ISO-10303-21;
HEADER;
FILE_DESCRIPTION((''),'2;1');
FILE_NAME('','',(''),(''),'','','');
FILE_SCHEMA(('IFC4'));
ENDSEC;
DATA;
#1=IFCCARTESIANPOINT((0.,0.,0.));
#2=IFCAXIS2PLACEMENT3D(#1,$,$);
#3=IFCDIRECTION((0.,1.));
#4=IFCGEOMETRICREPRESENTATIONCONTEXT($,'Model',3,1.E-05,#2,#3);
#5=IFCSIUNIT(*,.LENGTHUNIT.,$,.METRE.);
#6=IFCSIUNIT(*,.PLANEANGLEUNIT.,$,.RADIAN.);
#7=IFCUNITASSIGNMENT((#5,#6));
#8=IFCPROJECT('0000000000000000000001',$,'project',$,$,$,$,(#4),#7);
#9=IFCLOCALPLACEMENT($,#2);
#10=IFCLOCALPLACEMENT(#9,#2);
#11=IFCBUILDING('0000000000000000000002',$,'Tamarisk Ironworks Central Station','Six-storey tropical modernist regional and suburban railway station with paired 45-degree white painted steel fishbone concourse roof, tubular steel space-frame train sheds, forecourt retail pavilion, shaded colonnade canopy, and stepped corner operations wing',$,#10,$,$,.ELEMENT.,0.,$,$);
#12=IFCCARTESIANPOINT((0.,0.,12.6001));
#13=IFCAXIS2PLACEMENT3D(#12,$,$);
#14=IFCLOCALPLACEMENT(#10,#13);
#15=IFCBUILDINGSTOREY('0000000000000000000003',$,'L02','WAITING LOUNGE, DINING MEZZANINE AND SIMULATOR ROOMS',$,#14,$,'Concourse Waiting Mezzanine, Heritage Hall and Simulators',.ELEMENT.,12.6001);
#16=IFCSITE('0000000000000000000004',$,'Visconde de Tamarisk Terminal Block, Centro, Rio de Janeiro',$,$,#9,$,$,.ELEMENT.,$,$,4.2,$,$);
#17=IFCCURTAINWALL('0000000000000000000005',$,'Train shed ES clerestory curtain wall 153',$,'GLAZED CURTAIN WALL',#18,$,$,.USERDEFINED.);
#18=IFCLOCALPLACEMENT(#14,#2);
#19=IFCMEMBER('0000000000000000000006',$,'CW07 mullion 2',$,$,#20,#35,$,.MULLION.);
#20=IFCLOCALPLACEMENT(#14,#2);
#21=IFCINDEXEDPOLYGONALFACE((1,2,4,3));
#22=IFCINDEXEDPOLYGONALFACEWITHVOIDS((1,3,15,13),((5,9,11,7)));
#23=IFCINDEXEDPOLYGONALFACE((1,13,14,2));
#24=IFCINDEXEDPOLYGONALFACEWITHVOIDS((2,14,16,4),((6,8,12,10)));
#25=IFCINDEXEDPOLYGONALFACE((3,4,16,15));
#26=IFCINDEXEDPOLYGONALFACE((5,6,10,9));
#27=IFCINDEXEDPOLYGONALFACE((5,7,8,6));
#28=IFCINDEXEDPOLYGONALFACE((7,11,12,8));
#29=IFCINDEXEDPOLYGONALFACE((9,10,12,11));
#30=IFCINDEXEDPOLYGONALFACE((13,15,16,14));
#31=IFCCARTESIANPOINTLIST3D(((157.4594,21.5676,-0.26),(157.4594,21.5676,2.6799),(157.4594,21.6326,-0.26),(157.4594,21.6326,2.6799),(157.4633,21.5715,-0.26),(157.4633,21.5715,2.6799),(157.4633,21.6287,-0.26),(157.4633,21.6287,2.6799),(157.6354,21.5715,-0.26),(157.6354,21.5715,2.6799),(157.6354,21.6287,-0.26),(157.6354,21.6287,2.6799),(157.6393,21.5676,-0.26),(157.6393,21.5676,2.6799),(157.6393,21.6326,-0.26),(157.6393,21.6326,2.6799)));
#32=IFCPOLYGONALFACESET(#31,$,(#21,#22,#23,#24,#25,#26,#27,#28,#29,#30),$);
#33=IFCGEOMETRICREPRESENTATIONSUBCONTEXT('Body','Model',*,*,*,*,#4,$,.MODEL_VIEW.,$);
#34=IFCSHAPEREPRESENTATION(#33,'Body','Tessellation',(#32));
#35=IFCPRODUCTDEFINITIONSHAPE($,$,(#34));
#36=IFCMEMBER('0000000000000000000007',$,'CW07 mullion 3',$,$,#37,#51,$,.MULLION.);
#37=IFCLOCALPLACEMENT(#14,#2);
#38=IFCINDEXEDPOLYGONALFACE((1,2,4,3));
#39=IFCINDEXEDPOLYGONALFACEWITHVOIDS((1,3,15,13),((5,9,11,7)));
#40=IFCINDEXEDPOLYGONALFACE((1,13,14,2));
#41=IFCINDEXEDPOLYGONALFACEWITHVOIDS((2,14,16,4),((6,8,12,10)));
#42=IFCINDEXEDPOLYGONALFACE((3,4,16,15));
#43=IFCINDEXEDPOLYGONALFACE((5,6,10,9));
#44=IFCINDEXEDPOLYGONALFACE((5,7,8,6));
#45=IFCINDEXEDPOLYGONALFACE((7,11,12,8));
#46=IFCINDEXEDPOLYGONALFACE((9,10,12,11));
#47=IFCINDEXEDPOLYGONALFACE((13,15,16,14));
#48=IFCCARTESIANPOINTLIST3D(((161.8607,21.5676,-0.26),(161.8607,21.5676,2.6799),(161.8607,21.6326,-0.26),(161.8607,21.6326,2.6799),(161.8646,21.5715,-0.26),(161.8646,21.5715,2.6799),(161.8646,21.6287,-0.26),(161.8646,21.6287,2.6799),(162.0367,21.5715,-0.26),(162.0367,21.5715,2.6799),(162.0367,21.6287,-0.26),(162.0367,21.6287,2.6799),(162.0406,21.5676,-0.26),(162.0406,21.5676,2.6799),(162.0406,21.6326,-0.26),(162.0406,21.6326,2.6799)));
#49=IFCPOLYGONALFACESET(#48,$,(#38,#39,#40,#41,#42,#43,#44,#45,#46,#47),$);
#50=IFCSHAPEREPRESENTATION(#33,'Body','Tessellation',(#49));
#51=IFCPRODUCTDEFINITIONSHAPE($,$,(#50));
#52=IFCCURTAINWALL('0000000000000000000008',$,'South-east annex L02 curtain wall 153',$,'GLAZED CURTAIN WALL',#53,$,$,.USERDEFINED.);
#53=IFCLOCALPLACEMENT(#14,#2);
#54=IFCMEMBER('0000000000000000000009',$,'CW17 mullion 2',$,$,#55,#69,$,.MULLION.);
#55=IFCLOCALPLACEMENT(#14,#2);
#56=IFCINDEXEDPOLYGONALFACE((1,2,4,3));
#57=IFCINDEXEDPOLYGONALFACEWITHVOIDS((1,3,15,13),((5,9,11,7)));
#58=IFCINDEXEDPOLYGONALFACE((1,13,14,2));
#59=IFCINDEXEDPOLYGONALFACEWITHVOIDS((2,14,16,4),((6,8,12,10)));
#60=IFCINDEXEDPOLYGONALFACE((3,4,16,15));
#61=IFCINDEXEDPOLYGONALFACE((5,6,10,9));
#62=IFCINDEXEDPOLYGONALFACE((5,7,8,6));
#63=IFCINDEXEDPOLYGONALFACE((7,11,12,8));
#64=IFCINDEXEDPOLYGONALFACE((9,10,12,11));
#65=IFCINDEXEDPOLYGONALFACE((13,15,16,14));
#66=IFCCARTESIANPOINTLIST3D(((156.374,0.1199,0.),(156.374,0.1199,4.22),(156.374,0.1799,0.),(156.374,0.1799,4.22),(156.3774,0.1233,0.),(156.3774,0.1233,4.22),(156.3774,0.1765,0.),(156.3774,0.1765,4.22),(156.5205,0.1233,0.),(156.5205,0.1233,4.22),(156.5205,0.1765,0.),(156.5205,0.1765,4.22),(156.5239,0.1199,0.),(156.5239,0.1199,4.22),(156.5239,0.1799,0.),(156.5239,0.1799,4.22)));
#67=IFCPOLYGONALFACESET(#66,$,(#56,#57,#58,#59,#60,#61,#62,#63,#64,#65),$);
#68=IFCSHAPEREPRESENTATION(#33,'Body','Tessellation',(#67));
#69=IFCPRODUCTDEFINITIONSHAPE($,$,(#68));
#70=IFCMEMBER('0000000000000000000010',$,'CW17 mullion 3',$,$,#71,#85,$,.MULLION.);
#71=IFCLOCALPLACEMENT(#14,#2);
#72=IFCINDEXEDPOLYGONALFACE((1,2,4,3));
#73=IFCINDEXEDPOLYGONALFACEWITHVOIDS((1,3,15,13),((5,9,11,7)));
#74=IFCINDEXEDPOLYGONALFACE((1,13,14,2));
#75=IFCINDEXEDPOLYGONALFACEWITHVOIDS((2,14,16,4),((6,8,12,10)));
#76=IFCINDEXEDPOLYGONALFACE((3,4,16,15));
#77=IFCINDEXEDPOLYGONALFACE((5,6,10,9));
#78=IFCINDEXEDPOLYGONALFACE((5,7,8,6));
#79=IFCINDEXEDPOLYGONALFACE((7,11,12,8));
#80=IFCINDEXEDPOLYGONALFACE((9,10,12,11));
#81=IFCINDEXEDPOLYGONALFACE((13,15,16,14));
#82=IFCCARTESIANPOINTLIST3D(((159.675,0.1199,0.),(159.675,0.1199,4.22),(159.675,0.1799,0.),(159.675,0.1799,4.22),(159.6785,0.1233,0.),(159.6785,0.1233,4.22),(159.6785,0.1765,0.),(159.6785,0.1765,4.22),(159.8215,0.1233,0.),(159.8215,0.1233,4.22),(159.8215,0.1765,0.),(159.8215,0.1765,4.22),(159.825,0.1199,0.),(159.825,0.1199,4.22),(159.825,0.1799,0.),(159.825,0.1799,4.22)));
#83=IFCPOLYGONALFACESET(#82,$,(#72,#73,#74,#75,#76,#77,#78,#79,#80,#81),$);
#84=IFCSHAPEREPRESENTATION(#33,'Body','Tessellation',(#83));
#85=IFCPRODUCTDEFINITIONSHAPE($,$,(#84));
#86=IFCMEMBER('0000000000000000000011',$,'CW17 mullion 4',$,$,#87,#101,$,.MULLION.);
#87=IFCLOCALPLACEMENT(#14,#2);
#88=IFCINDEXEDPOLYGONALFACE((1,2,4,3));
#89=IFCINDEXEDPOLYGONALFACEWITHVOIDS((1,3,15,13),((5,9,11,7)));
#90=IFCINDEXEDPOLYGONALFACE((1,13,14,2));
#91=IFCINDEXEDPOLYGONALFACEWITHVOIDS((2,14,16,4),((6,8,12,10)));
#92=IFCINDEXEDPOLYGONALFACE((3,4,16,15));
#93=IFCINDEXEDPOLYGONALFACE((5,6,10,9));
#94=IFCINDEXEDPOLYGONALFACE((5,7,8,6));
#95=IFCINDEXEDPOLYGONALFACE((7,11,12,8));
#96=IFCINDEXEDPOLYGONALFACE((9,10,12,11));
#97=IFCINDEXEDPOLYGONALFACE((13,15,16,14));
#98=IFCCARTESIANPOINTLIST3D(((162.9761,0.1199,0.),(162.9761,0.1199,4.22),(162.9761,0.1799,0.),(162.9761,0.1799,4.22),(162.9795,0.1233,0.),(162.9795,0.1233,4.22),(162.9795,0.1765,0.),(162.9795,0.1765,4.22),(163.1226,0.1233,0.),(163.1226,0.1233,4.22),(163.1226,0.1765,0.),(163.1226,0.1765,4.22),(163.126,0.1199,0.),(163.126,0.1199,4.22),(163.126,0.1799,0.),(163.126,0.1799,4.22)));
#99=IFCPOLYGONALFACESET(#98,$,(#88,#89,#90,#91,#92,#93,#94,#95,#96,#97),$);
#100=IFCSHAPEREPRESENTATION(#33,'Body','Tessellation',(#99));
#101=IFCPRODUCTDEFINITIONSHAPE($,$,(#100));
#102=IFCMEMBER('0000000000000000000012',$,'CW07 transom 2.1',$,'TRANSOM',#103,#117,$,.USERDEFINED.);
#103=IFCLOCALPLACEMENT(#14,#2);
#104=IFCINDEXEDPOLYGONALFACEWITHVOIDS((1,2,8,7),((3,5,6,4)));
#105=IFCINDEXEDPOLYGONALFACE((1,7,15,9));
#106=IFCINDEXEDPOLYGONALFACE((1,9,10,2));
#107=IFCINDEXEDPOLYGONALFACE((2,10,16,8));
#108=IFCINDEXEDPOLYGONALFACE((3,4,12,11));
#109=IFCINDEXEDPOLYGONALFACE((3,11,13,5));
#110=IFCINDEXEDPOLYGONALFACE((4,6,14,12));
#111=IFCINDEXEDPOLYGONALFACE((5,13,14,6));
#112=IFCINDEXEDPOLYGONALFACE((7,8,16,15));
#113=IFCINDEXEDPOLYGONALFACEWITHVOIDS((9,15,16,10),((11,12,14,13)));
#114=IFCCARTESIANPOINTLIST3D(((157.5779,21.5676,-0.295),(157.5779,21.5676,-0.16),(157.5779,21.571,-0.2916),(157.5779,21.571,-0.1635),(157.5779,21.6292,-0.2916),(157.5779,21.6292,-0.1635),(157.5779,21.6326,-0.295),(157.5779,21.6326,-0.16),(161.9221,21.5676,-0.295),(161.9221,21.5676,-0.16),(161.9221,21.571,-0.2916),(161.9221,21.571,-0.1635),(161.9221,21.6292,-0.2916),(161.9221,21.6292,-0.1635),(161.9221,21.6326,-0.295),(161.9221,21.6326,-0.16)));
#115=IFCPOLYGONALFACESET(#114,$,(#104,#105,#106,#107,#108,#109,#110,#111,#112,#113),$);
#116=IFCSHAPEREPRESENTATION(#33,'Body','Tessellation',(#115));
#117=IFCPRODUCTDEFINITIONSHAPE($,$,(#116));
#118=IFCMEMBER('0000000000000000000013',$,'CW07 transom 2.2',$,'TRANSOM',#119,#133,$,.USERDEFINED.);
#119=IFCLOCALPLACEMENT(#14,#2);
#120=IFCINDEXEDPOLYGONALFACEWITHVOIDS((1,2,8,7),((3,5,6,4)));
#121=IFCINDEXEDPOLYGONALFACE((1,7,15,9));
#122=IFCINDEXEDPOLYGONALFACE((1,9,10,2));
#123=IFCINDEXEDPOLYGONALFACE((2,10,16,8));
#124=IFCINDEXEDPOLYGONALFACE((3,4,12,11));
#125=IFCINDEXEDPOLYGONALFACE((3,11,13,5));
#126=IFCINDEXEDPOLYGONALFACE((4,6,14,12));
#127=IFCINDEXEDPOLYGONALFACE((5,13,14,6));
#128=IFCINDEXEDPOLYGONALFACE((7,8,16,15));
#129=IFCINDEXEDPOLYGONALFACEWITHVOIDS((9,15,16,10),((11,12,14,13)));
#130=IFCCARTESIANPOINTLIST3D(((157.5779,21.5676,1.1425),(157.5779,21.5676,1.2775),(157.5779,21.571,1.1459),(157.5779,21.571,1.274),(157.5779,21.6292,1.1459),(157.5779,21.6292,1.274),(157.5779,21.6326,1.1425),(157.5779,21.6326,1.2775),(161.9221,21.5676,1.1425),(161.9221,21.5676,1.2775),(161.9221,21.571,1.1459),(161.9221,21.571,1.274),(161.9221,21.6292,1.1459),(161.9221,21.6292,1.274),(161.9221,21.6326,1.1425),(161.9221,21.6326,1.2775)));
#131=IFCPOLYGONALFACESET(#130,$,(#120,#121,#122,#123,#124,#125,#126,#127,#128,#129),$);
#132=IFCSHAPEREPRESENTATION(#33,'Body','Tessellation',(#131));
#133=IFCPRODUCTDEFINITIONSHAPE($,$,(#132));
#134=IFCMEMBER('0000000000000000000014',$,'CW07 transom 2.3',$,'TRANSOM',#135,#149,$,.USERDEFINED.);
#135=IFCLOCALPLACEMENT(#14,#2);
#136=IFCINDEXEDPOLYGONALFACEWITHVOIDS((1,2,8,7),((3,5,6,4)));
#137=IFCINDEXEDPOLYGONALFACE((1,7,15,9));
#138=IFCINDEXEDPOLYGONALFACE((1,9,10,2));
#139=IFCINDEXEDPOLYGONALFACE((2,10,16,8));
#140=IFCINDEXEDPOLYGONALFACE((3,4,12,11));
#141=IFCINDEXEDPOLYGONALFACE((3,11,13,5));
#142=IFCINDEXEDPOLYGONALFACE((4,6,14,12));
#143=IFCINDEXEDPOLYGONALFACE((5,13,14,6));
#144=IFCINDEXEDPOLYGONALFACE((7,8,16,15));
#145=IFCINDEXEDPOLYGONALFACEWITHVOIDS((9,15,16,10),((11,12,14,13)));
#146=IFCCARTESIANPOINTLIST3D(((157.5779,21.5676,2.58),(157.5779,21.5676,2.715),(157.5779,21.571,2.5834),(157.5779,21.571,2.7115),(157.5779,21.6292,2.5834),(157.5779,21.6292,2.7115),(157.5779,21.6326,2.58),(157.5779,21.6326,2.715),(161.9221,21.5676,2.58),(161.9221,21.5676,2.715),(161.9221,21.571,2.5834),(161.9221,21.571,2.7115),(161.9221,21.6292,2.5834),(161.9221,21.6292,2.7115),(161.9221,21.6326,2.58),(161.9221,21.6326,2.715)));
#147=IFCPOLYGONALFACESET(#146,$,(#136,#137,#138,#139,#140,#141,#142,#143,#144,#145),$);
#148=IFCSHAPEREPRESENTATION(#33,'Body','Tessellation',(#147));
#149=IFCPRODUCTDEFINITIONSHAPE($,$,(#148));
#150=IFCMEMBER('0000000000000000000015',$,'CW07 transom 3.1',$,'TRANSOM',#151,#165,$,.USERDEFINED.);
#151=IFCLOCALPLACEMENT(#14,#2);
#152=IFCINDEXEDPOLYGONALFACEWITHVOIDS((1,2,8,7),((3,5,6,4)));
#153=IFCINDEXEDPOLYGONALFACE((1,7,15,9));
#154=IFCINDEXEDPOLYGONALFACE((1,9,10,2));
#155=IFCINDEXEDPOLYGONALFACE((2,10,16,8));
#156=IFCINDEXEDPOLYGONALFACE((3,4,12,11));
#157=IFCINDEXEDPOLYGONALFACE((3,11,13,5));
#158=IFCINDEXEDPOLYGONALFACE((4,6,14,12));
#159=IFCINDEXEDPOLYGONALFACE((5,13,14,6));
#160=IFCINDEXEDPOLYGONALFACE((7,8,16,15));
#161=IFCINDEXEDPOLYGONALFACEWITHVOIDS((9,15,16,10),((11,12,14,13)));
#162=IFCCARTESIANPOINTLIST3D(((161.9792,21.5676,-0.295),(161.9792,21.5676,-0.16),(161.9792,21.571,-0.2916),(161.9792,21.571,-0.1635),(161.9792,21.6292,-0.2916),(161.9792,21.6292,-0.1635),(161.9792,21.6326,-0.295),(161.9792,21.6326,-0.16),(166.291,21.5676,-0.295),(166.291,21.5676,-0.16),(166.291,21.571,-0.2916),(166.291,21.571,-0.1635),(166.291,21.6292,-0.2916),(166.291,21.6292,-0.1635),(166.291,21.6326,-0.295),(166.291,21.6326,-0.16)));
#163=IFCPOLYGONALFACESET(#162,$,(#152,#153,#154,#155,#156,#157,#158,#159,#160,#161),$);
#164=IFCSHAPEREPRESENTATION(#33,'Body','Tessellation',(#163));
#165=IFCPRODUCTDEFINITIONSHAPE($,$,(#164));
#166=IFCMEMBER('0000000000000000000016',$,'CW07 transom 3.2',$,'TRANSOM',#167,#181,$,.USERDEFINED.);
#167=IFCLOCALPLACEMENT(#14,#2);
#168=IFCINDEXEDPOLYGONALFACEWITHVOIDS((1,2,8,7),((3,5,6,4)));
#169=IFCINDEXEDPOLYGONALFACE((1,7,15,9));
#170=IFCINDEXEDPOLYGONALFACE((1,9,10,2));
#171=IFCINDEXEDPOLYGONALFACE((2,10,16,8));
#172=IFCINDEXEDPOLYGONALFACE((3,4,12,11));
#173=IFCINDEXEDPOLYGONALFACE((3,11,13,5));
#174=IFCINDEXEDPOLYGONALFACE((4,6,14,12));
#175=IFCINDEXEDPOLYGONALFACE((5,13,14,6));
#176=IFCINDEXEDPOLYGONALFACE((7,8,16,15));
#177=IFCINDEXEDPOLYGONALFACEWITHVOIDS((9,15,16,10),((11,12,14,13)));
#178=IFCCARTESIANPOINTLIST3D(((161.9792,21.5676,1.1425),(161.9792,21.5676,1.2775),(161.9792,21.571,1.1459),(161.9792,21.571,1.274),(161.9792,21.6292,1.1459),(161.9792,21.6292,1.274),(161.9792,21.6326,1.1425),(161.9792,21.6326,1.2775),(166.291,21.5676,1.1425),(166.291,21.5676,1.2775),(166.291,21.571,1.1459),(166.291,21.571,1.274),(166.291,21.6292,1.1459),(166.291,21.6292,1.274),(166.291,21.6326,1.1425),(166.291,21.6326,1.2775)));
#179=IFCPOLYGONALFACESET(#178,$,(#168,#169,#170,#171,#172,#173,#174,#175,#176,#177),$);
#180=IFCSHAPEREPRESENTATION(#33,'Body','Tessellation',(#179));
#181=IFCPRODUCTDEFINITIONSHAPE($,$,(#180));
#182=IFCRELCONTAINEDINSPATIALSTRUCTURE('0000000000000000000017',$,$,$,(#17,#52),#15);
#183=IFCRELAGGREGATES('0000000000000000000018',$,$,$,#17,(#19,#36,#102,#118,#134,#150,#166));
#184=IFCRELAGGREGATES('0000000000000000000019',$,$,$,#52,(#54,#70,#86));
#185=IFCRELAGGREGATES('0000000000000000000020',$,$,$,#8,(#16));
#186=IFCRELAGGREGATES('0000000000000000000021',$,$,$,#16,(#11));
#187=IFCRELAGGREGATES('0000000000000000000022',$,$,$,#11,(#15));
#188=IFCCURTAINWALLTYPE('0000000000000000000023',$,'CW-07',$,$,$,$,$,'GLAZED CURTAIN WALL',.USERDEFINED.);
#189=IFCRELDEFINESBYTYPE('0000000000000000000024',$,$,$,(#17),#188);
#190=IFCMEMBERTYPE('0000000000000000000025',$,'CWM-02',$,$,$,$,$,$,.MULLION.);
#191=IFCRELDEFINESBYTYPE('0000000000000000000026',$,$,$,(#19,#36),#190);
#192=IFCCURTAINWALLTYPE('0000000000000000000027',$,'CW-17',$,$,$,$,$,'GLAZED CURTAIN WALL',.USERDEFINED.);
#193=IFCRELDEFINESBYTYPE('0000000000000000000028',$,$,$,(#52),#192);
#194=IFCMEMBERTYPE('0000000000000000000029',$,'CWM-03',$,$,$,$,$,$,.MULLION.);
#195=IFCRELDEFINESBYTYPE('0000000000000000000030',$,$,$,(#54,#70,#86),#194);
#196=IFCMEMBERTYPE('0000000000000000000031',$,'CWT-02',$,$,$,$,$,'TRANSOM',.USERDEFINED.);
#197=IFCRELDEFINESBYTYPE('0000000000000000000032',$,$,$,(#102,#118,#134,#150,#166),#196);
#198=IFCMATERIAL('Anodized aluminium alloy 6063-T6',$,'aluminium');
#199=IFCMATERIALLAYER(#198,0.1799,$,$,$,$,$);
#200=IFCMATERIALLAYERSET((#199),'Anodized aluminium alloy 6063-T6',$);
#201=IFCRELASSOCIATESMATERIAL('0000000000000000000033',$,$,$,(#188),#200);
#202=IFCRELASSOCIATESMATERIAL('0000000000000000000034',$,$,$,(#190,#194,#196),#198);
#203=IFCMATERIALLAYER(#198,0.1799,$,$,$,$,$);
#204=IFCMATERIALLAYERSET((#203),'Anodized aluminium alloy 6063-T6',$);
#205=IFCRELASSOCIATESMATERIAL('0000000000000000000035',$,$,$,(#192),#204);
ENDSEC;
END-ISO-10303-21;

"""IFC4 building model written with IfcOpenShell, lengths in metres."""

from ifc_helpers import new_model, si_unit, direction, frame, origin, origin_2d, place, context, subcontext, project, spatial, hollow_rectangle, extrude, material, layer, layer_set, material_profile, profile_set, type_object, element, aggregate, save


model = new_model("IFC4")

# Units and contexts
model_context = context("Model", 3, precision=1e-05, world=origin(), true_north=direction((0.0, 1.0)))
body_context = subcontext(model_context, "Body", "Model", "MODEL_VIEW")
ifc_project = project(units=[si_unit("LENGTHUNIT", "METRE"), si_unit("PLANEANGLEUNIT", "RADIAN")], contexts=[model_context])

# Site, building, storey
site_placement = place(None, origin())
site = spatial("IfcSite", under=ifc_project, at=site_placement, Name="Visconde de Tamarisk Terminal Block, Centro, Rio de Janeiro", CompositionType="ELEMENT", RefElevation=4.2)
building_placement = place(site_placement, origin())
building = spatial("IfcBuilding", under=site, at=building_placement, Name="Tamarisk Ironworks Central Station", Description="Six-storey tropical modernist regional and suburban railway station with paired 45-degree white painted steel fishbone concourse roof, tubular steel space-frame train sheds, forecourt retail pavilion, shaded colonnade canopy, and stepped corner operations wing", CompositionType="ELEMENT", ElevationOfRefHeight=0.0)
storey_placement = place(building_placement, frame((0.0, 0.0, 12.6001)))
storey = spatial("IfcBuildingStorey", under=building, at=storey_placement, Name="L02", Description="WAITING LOUNGE, DINING MEZZANINE AND SIMULATOR ROOMS", LongName="Concourse Waiting Mezzanine, Heritage Hall and Simulators", CompositionType="ELEMENT", Elevation=12.6001)

# Curtain walls, members
ifc_material_1 = material(Name="Anodized aluminium alloy 6063-T6", Category="aluminium")
ifc_layer_1 = layer(ifc_material_1, 0.1799)
ifc_layer_set_1 = layer_set([ifc_layer_1], Name="Anodized aluminium alloy 6063-T6")
curtain_wall_type_1 = type_object("IfcCurtainWallType", Name="CW-07", ElementType="GLAZED CURTAIN WALL", PredefinedType="USERDEFINED", material=ifc_layer_set_1)
curtain_wall_1_placement = place(storey_placement, origin())
curtain_wall_1 = element("IfcCurtainWall", 1, at=curtain_wall_1_placement, inside=storey, type_object=curtain_wall_type_1, Name="Train shed ES clerestory curtain wall 153", ObjectType="GLAZED CURTAIN WALL", PredefinedType="USERDEFINED")
ifc_material_profile_1 = material_profile(ifc_material_1, hollow_rectangle(XDim=0.0649, YDim=0.1799, WallThickness=0.0039, at=origin_2d()), Name="ALUM 180x65")
ifc_profile_set_1 = profile_set([ifc_material_profile_1], Name="Anodized aluminium alloy 6063-T6")
member_type_1 = type_object("IfcMemberType", Name="CWM-02", PredefinedType="MULLION", material=ifc_profile_set_1)
member_1_placement = place(storey_placement, frame((157.5493, 21.6001, -0.26), z_axis=(0.0, 0.0, 1.0), x_axis=(0.0, 1.0, 0.0)))
member_1 = element("IfcMember", 2, at=member_1_placement, type_object=member_type_1, Name="CW07 mullion 2", PredefinedType="MULLION", context=body_context, shape_type="SweptSolid", body=[
    extrude(hollow_rectangle(XDim=0.0649, YDim=0.1799, WallThickness=0.0039, at=origin_2d()), origin(), (0.0, 0.0, 1.0), 2.9399),
])
member_2_placement = place(storey_placement, frame((161.9507, 21.6001, -0.26), z_axis=(0.0, 0.0, 1.0), x_axis=(0.0, 1.0, 0.0)))
member_2 = element("IfcMember", 3, at=member_2_placement, type_object=member_type_1, Name="CW07 mullion 3", PredefinedType="MULLION", context=body_context, shape_type="SweptSolid", body=[
    extrude(hollow_rectangle(XDim=0.0649, YDim=0.1799, WallThickness=0.0039, at=origin_2d()), origin(), (0.0, 0.0, 1.0), 2.9399),
])
ifc_layer_2 = layer(ifc_material_1, 0.1799)
ifc_layer_set_2 = layer_set([ifc_layer_2], Name="Anodized aluminium alloy 6063-T6")
curtain_wall_type_2 = type_object("IfcCurtainWallType", Name="CW-17", ElementType="GLAZED CURTAIN WALL", PredefinedType="USERDEFINED", material=ifc_layer_set_2)
curtain_wall_2_placement = place(storey_placement, origin())
curtain_wall_2 = element("IfcCurtainWall", 4, at=curtain_wall_2_placement, inside=storey, type_object=curtain_wall_type_2, Name="South-east annex L02 curtain wall 153", ObjectType="GLAZED CURTAIN WALL", PredefinedType="USERDEFINED")
ifc_material_profile_2 = material_profile(ifc_material_1, hollow_rectangle(XDim=0.0601, YDim=0.1499, WallThickness=0.0034, at=origin_2d()), Name="ALUM 150x60")
ifc_profile_set_2 = profile_set([ifc_material_profile_2], Name="Anodized aluminium alloy 6063-T6")
member_type_2 = type_object("IfcMemberType", Name="CWM-03", PredefinedType="MULLION", material=ifc_profile_set_2)
member_3_placement = place(storey_placement, frame((156.449, 0.1499, 0.0), z_axis=(0.0, 0.0, 1.0), x_axis=(0.0, 1.0, 0.0)))
member_3 = element("IfcMember", 5, at=member_3_placement, type_object=member_type_2, Name="CW17 mullion 2", PredefinedType="MULLION", context=body_context, shape_type="SweptSolid", body=[
    extrude(hollow_rectangle(XDim=0.0601, YDim=0.1499, WallThickness=0.0034, at=origin_2d()), origin(), (0.0, 0.0, 1.0), 4.22),
])
member_4_placement = place(storey_placement, frame((159.75, 0.1499, 0.0), z_axis=(0.0, 0.0, 1.0), x_axis=(0.0, 1.0, 0.0)))
member_4 = element("IfcMember", 6, at=member_4_placement, type_object=member_type_2, Name="CW17 mullion 3", PredefinedType="MULLION", context=body_context, shape_type="SweptSolid", body=[
    extrude(hollow_rectangle(XDim=0.0601, YDim=0.1499, WallThickness=0.0034, at=origin_2d()), origin(), (0.0, 0.0, 1.0), 4.22),
])
member_5_placement = place(storey_placement, frame((163.051, 0.1499, 0.0), z_axis=(0.0, 0.0, 1.0), x_axis=(0.0, 1.0, 0.0)))
member_5 = element("IfcMember", 7, at=member_5_placement, type_object=member_type_2, Name="CW17 mullion 4", PredefinedType="MULLION", context=body_context, shape_type="SweptSolid", body=[
    extrude(hollow_rectangle(XDim=0.0601, YDim=0.1499, WallThickness=0.0034, at=origin_2d()), origin(), (0.0, 0.0, 1.0), 4.22),
])

# Members
ifc_material_profile_3 = material_profile(ifc_material_1, hollow_rectangle(XDim=0.0649, YDim=0.135, WallThickness=0.0034, at=origin_2d()), Name="ALUM 135x65")
ifc_profile_set_3 = profile_set([ifc_material_profile_3], Name="Anodized aluminium alloy 6063-T6")
member_type_3 = type_object("IfcMemberType", Name="CWT-02", ElementType="TRANSOM", PredefinedType="USERDEFINED", material=ifc_profile_set_3)
member_6_placement = place(storey_placement, frame((157.5779, 21.6001, -0.2275), z_axis=(1.0, 0.0, 0.0), x_axis=(0.0, 1.0, 0.0)))
member_6 = element("IfcMember", 8, at=member_6_placement, type_object=member_type_3, Name="CW07 transom 2.1", ObjectType="TRANSOM", PredefinedType="USERDEFINED", context=body_context, shape_type="SweptSolid", body=[
    extrude(hollow_rectangle(XDim=0.0649, YDim=0.135, WallThickness=0.0034, at=origin_2d()), origin(), (0.0, 0.0, 1.0), 4.3442),
])
member_7_placement = place(storey_placement, frame((157.5779, 21.6001, 1.21), z_axis=(1.0, 0.0, 0.0), x_axis=(0.0, 1.0, 0.0)))
member_7 = element("IfcMember", 9, at=member_7_placement, type_object=member_type_3, Name="CW07 transom 2.2", ObjectType="TRANSOM", PredefinedType="USERDEFINED", context=body_context, shape_type="SweptSolid", body=[
    extrude(hollow_rectangle(XDim=0.0649, YDim=0.135, WallThickness=0.0034, at=origin_2d()), origin(), (0.0, 0.0, 1.0), 4.3442),
])
member_8_placement = place(storey_placement, frame((157.5779, 21.6001, 2.6475), z_axis=(1.0, 0.0, 0.0), x_axis=(0.0, 1.0, 0.0)))
member_8 = element("IfcMember", 10, at=member_8_placement, type_object=member_type_3, Name="CW07 transom 2.3", ObjectType="TRANSOM", PredefinedType="USERDEFINED", context=body_context, shape_type="SweptSolid", body=[
    extrude(hollow_rectangle(XDim=0.0649, YDim=0.135, WallThickness=0.0034, at=origin_2d()), origin(), (0.0, 0.0, 1.0), 4.3442),
])
member_9_placement = place(storey_placement, frame((161.9792, 21.6001, -0.2275), z_axis=(1.0, 0.0, 0.0), x_axis=(0.0, 1.0, 0.0)))
member_9 = element("IfcMember", 11, at=member_9_placement, type_object=member_type_3, Name="CW07 transom 3.1", ObjectType="TRANSOM", PredefinedType="USERDEFINED", context=body_context, shape_type="SweptSolid", body=[
    extrude(hollow_rectangle(XDim=0.0649, YDim=0.135, WallThickness=0.0034, at=origin_2d()), origin(), (0.0, 0.0, 1.0), 4.3118),
])
member_10_placement = place(storey_placement, frame((161.9792, 21.6001, 1.21), z_axis=(1.0, 0.0, 0.0), x_axis=(0.0, 1.0, 0.0)))
member_10 = element("IfcMember", 12, at=member_10_placement, type_object=member_type_3, Name="CW07 transom 3.2", ObjectType="TRANSOM", PredefinedType="USERDEFINED", context=body_context, shape_type="SweptSolid", body=[
    extrude(hollow_rectangle(XDim=0.0649, YDim=0.135, WallThickness=0.0034, at=origin_2d()), origin(), (0.0, 0.0, 1.0), 4.3118),
])

aggregate(curtain_wall_1, [member_1, member_2, member_6, member_7, member_8, member_9, member_10])
aggregate(curtain_wall_2, [member_3, member_4, member_5])

save(model, "model.ifc")
